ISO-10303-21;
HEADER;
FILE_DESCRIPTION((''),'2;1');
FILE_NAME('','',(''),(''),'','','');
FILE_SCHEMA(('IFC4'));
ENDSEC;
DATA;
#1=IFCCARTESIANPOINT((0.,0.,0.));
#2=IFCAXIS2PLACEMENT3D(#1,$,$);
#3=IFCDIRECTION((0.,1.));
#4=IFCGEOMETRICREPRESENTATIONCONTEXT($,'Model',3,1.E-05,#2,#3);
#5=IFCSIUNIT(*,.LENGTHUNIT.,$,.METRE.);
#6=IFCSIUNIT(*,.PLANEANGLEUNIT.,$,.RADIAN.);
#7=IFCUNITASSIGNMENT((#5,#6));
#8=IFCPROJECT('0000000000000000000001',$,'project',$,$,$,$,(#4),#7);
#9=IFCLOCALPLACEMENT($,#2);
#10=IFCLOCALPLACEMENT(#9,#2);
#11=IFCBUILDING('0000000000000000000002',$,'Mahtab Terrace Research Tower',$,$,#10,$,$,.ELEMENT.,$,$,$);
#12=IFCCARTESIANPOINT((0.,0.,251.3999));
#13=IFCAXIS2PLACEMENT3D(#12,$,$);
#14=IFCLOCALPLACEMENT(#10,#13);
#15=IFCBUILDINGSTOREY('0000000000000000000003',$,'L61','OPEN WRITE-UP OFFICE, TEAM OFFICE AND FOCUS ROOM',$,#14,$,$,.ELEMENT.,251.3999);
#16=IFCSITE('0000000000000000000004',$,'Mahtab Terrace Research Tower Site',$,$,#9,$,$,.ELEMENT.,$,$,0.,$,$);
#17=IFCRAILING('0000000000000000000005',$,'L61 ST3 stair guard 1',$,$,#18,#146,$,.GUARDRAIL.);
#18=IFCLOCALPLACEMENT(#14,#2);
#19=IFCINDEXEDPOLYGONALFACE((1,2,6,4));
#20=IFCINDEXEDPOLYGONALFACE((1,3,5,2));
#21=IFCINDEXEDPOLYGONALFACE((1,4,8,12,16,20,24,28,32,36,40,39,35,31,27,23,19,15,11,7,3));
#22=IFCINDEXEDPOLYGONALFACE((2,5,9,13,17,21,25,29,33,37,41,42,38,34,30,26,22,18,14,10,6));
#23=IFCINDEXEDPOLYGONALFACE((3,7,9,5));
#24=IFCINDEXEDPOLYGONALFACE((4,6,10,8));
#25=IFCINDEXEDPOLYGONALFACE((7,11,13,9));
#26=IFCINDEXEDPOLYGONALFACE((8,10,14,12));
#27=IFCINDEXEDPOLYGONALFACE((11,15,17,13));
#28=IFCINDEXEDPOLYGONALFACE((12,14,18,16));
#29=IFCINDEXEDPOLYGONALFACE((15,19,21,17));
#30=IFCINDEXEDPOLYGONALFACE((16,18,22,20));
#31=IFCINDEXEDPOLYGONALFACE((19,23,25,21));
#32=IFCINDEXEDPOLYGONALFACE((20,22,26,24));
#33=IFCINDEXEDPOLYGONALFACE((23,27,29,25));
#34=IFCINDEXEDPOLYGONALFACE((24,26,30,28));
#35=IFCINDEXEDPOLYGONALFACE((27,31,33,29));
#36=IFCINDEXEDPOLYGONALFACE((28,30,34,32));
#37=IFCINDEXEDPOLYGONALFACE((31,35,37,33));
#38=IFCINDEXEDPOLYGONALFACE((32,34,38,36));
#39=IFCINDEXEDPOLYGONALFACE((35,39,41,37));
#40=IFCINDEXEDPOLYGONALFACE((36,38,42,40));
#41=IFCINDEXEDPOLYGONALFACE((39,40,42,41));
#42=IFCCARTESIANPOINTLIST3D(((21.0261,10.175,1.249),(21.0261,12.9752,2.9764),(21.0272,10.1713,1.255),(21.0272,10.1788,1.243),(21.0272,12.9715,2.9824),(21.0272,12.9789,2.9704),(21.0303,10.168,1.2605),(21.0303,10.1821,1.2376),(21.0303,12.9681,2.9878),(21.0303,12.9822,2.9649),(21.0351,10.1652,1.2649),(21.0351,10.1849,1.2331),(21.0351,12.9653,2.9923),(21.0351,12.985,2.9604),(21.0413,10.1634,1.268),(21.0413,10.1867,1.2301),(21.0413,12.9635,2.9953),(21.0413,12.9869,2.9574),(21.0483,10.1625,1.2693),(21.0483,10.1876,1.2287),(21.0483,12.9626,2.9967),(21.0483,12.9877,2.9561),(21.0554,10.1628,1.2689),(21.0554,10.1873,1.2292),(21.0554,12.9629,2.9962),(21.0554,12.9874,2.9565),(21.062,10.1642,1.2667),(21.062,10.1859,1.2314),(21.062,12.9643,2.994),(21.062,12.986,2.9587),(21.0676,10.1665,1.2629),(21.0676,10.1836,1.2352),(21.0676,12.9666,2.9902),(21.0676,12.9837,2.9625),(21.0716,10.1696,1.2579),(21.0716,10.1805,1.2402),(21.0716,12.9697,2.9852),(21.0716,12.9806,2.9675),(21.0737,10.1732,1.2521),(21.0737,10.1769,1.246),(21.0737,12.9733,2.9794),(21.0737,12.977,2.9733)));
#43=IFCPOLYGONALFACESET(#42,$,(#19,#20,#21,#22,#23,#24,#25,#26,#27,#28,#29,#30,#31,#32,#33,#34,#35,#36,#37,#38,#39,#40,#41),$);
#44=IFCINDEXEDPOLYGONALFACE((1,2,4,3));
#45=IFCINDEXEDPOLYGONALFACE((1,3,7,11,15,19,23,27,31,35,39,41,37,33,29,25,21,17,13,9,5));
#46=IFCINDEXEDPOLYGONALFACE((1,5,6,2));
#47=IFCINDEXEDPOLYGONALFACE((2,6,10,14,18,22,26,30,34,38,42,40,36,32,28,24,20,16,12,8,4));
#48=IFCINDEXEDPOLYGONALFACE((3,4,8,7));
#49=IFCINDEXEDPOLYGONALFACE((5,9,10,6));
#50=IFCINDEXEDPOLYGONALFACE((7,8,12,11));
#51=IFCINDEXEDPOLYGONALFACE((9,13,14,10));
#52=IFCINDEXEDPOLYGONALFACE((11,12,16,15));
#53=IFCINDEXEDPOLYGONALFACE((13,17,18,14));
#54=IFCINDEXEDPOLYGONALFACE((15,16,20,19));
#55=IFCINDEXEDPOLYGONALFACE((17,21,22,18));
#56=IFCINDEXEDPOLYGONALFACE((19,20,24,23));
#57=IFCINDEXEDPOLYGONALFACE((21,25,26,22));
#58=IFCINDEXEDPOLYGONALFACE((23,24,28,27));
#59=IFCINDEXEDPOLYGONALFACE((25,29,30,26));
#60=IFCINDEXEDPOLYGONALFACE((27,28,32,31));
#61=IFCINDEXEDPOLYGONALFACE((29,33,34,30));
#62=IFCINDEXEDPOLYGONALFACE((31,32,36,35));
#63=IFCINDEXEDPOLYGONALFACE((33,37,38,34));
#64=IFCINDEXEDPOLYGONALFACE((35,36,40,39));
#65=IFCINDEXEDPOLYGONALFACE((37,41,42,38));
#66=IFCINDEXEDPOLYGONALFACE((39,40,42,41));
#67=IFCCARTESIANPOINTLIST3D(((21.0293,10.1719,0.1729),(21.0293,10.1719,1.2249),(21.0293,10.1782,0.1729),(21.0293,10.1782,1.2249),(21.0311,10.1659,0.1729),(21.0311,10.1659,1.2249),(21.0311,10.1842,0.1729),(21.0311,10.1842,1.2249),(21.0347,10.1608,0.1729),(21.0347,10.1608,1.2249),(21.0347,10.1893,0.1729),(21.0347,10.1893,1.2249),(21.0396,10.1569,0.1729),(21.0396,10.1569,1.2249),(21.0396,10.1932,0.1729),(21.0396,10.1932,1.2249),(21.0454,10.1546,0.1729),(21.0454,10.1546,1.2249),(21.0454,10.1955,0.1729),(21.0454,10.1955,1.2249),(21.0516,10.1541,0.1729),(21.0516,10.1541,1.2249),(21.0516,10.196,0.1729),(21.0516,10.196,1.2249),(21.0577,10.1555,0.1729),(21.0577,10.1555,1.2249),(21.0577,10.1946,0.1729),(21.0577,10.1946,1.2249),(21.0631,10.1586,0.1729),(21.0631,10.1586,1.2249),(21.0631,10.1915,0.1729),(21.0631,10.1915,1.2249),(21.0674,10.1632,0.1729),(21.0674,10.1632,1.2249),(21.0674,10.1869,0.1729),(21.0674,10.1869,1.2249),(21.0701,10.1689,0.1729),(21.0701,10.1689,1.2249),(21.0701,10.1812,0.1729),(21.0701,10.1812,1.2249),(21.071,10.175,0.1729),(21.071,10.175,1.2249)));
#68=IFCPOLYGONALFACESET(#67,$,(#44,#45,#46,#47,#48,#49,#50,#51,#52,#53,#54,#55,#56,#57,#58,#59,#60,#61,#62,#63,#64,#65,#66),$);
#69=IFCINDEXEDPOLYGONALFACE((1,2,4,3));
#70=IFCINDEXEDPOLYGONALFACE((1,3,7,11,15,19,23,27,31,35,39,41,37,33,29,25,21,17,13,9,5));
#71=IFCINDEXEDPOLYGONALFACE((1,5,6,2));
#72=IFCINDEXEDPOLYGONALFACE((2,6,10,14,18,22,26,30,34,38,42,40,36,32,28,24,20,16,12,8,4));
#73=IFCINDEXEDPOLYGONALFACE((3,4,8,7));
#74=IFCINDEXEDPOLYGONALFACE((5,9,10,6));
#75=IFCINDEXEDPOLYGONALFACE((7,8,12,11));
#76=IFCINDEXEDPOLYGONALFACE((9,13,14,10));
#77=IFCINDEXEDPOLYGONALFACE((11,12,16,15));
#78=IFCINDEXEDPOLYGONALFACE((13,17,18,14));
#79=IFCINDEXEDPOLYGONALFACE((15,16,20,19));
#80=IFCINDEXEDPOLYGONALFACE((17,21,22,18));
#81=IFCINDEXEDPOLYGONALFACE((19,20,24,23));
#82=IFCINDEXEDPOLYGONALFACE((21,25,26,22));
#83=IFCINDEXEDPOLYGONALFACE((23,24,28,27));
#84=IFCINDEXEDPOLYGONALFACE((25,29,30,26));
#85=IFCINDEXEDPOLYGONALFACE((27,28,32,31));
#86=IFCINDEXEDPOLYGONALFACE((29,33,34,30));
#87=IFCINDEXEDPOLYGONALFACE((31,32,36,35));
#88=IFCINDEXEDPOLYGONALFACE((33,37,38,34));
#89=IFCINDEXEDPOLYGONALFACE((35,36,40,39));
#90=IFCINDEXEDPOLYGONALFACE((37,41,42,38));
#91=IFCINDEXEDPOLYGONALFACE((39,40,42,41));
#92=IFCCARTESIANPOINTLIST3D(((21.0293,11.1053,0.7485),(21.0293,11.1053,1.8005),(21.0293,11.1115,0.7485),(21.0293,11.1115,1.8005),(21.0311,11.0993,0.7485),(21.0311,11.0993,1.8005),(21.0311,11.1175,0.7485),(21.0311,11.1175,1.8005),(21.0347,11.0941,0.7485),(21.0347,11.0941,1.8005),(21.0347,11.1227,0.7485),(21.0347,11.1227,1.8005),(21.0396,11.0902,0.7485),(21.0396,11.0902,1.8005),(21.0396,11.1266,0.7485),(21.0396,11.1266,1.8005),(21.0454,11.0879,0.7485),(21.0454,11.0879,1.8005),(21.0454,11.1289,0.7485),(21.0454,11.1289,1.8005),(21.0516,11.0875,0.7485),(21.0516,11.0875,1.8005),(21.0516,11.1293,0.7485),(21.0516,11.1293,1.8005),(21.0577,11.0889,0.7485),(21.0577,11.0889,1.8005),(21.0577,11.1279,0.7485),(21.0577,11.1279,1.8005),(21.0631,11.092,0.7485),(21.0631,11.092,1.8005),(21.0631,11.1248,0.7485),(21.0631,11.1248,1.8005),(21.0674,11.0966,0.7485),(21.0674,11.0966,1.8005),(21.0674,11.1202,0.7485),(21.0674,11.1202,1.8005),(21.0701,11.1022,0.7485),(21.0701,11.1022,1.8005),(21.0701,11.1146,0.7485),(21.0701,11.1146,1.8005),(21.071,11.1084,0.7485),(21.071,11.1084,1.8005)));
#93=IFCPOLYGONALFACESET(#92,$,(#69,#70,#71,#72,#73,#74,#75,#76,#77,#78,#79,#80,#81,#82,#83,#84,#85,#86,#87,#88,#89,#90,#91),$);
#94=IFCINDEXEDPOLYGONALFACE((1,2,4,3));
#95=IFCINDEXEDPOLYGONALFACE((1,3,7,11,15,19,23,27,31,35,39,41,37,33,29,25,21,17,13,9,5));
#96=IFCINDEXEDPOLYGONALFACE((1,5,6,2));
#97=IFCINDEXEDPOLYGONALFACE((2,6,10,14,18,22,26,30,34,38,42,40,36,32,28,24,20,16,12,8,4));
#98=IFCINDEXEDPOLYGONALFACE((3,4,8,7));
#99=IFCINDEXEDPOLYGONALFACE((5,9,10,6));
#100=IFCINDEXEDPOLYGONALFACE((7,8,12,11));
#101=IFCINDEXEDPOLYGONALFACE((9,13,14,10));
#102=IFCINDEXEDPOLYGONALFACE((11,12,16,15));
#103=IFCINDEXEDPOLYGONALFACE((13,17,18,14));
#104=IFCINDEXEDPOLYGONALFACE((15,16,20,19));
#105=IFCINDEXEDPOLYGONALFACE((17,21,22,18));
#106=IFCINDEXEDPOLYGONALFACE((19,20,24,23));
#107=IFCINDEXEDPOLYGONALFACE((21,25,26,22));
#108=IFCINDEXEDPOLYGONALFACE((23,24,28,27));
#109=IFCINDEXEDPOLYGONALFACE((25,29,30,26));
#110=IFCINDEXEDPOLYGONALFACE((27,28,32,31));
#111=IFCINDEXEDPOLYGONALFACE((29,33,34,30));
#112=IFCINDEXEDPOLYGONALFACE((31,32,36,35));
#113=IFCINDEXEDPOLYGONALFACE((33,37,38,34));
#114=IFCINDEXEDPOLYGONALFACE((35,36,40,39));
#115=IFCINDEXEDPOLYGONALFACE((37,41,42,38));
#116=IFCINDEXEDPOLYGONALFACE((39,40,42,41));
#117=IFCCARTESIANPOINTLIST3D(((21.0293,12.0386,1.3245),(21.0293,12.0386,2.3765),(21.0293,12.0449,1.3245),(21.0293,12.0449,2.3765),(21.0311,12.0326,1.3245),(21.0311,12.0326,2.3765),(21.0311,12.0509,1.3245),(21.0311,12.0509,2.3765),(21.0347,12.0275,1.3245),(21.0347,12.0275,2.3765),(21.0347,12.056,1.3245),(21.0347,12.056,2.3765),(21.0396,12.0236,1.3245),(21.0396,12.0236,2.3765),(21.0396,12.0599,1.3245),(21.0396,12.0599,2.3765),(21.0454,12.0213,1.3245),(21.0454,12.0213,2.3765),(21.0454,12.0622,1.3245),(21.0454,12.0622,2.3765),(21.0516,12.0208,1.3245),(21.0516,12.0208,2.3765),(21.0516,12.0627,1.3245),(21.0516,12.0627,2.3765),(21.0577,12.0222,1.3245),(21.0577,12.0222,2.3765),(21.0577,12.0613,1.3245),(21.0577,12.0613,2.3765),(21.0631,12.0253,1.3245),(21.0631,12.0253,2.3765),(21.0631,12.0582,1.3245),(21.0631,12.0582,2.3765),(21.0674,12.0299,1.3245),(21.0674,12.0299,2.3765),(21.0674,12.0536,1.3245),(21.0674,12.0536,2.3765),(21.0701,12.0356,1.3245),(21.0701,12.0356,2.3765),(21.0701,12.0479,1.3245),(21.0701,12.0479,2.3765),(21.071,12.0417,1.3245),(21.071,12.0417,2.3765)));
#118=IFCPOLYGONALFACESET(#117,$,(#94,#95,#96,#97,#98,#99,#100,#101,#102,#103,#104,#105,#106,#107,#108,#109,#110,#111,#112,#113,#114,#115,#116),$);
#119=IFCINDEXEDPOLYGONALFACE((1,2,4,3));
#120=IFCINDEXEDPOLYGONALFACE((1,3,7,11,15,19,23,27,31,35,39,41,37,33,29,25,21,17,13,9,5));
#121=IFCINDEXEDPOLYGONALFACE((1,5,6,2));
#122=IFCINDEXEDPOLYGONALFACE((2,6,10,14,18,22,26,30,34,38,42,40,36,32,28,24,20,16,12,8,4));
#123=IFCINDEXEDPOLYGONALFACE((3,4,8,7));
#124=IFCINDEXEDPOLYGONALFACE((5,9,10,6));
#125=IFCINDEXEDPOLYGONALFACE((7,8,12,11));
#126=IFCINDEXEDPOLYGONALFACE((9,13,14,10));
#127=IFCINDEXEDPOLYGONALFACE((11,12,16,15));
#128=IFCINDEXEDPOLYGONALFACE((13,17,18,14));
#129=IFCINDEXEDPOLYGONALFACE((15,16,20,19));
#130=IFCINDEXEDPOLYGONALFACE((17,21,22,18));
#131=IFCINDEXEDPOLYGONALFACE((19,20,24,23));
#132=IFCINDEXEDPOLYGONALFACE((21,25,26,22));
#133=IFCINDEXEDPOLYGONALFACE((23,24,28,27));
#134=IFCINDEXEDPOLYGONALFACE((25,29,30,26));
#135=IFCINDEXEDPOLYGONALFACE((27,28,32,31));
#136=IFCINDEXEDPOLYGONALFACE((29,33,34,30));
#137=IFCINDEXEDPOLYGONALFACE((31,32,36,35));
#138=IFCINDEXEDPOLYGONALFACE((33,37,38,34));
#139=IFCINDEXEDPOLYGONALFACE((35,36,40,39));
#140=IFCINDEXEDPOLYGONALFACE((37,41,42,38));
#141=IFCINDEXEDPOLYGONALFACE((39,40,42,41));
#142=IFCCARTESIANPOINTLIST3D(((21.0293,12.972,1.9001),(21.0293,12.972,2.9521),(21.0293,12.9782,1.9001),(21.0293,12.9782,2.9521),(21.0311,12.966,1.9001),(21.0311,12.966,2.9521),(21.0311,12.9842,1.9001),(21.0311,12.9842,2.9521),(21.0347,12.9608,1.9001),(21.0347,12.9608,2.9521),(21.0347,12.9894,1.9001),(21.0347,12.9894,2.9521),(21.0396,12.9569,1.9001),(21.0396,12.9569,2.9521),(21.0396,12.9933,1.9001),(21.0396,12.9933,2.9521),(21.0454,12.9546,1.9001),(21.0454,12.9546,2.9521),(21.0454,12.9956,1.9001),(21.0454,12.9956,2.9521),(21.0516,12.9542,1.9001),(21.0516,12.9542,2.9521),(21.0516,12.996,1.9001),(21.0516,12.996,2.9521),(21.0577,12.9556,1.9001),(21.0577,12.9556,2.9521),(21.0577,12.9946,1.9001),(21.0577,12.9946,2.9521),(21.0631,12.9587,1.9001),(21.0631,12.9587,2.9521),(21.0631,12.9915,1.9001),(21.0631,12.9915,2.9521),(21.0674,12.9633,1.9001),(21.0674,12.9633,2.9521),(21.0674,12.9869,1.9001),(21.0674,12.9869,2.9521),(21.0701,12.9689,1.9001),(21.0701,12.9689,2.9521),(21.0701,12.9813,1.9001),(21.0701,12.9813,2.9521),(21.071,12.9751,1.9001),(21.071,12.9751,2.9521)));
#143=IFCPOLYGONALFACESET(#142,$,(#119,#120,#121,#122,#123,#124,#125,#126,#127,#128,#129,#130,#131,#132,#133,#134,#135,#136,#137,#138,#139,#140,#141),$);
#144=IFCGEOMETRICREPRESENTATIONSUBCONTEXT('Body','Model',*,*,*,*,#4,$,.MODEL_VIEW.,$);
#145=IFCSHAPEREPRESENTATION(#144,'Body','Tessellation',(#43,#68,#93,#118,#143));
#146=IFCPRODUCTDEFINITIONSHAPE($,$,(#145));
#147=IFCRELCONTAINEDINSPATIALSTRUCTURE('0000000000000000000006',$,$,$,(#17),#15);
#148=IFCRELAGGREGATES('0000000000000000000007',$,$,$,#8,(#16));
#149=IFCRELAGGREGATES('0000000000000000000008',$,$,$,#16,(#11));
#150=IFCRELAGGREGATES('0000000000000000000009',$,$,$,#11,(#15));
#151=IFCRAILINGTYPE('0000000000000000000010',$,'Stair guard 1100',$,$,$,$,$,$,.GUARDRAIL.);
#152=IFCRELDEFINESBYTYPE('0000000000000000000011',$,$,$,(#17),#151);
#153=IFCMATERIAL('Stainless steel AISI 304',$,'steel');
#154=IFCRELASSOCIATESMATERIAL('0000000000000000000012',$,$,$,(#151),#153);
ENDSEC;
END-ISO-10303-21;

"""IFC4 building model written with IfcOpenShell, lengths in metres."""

from ifc_helpers import new_model, si_unit, direction, frame, origin, origin_2d, place, context, subcontext, project, spatial, circle, extrude, material, type_object, element, save


model = new_model("IFC4")

# Units and contexts
model_context = context("Model", 3, precision=1e-05, world=origin(), true_north=direction((0.0, 1.0)))
body_context = subcontext(model_context, "Body", "Model", "MODEL_VIEW")
ifc_project = project(units=[si_unit("LENGTHUNIT", "METRE"), si_unit("PLANEANGLEUNIT", "RADIAN")], contexts=[model_context])

# Site, building, storey
site_placement = place(None, origin())
site = spatial("IfcSite", under=ifc_project, at=site_placement, Name="Mahtab Terrace Research Tower Site", CompositionType="ELEMENT", RefElevation=0.0)
building_placement = place(site_placement, origin())
building = spatial("IfcBuilding", under=site, at=building_placement, Name="Mahtab Terrace Research Tower", CompositionType="ELEMENT")
storey_placement = place(building_placement, frame((0.0, 0.0, 251.3999)))
storey = spatial("IfcBuildingStorey", under=building, at=storey_placement, Name="L61", Description="OPEN WRITE-UP OFFICE, TEAM OFFICE AND FOCUS ROOM", CompositionType="ELEMENT", Elevation=251.3999)

# Shared definitions
ifc_material_1 = material(Name="Stainless steel AISI 304", Category="steel")

# Railing
railing_type_1 = type_object("IfcRailingType", Name="Stair guard 1100", PredefinedType="GUARDRAIL", material=ifc_material_1)
railing_1_placement = place(storey_placement, frame((21.05, 10.175, 0.1729)))
element("IfcRailing", 1, at=railing_1_placement, inside=storey, type_object=railing_type_1, Name="L61 ST3 stair guard 1", PredefinedType="GUARDRAIL", context=body_context, shape_type="SweptSolid", body=[
    extrude(circle(Radius=0.0239, at=origin_2d()), frame((0.0, 0.0, 1.0762), z_axis=(0.0, 0.85109, 0.52502), x_axis=(-1.0, 0.0, 0.0)), (0.0, 0.0, 1.0), 3.29),
    extrude(circle(Radius=0.021, at=origin_2d()), origin(), (0.0, 0.0, 1.0), 1.052),
    extrude(circle(Radius=0.021, at=origin_2d()), frame((0.0, 0.9333, 0.5757)), (0.0, 0.0, 1.0), 1.052),
    extrude(circle(Radius=0.021, at=origin_2d()), frame((0.0, 1.8667, 1.1516)), (0.0, 0.0, 1.0), 1.052),
    extrude(circle(Radius=0.021, at=origin_2d()), frame((0.0, 2.8, 1.7273)), (0.0, 0.0, 1.0), 1.052),
])

save(model, "model.ifc")
